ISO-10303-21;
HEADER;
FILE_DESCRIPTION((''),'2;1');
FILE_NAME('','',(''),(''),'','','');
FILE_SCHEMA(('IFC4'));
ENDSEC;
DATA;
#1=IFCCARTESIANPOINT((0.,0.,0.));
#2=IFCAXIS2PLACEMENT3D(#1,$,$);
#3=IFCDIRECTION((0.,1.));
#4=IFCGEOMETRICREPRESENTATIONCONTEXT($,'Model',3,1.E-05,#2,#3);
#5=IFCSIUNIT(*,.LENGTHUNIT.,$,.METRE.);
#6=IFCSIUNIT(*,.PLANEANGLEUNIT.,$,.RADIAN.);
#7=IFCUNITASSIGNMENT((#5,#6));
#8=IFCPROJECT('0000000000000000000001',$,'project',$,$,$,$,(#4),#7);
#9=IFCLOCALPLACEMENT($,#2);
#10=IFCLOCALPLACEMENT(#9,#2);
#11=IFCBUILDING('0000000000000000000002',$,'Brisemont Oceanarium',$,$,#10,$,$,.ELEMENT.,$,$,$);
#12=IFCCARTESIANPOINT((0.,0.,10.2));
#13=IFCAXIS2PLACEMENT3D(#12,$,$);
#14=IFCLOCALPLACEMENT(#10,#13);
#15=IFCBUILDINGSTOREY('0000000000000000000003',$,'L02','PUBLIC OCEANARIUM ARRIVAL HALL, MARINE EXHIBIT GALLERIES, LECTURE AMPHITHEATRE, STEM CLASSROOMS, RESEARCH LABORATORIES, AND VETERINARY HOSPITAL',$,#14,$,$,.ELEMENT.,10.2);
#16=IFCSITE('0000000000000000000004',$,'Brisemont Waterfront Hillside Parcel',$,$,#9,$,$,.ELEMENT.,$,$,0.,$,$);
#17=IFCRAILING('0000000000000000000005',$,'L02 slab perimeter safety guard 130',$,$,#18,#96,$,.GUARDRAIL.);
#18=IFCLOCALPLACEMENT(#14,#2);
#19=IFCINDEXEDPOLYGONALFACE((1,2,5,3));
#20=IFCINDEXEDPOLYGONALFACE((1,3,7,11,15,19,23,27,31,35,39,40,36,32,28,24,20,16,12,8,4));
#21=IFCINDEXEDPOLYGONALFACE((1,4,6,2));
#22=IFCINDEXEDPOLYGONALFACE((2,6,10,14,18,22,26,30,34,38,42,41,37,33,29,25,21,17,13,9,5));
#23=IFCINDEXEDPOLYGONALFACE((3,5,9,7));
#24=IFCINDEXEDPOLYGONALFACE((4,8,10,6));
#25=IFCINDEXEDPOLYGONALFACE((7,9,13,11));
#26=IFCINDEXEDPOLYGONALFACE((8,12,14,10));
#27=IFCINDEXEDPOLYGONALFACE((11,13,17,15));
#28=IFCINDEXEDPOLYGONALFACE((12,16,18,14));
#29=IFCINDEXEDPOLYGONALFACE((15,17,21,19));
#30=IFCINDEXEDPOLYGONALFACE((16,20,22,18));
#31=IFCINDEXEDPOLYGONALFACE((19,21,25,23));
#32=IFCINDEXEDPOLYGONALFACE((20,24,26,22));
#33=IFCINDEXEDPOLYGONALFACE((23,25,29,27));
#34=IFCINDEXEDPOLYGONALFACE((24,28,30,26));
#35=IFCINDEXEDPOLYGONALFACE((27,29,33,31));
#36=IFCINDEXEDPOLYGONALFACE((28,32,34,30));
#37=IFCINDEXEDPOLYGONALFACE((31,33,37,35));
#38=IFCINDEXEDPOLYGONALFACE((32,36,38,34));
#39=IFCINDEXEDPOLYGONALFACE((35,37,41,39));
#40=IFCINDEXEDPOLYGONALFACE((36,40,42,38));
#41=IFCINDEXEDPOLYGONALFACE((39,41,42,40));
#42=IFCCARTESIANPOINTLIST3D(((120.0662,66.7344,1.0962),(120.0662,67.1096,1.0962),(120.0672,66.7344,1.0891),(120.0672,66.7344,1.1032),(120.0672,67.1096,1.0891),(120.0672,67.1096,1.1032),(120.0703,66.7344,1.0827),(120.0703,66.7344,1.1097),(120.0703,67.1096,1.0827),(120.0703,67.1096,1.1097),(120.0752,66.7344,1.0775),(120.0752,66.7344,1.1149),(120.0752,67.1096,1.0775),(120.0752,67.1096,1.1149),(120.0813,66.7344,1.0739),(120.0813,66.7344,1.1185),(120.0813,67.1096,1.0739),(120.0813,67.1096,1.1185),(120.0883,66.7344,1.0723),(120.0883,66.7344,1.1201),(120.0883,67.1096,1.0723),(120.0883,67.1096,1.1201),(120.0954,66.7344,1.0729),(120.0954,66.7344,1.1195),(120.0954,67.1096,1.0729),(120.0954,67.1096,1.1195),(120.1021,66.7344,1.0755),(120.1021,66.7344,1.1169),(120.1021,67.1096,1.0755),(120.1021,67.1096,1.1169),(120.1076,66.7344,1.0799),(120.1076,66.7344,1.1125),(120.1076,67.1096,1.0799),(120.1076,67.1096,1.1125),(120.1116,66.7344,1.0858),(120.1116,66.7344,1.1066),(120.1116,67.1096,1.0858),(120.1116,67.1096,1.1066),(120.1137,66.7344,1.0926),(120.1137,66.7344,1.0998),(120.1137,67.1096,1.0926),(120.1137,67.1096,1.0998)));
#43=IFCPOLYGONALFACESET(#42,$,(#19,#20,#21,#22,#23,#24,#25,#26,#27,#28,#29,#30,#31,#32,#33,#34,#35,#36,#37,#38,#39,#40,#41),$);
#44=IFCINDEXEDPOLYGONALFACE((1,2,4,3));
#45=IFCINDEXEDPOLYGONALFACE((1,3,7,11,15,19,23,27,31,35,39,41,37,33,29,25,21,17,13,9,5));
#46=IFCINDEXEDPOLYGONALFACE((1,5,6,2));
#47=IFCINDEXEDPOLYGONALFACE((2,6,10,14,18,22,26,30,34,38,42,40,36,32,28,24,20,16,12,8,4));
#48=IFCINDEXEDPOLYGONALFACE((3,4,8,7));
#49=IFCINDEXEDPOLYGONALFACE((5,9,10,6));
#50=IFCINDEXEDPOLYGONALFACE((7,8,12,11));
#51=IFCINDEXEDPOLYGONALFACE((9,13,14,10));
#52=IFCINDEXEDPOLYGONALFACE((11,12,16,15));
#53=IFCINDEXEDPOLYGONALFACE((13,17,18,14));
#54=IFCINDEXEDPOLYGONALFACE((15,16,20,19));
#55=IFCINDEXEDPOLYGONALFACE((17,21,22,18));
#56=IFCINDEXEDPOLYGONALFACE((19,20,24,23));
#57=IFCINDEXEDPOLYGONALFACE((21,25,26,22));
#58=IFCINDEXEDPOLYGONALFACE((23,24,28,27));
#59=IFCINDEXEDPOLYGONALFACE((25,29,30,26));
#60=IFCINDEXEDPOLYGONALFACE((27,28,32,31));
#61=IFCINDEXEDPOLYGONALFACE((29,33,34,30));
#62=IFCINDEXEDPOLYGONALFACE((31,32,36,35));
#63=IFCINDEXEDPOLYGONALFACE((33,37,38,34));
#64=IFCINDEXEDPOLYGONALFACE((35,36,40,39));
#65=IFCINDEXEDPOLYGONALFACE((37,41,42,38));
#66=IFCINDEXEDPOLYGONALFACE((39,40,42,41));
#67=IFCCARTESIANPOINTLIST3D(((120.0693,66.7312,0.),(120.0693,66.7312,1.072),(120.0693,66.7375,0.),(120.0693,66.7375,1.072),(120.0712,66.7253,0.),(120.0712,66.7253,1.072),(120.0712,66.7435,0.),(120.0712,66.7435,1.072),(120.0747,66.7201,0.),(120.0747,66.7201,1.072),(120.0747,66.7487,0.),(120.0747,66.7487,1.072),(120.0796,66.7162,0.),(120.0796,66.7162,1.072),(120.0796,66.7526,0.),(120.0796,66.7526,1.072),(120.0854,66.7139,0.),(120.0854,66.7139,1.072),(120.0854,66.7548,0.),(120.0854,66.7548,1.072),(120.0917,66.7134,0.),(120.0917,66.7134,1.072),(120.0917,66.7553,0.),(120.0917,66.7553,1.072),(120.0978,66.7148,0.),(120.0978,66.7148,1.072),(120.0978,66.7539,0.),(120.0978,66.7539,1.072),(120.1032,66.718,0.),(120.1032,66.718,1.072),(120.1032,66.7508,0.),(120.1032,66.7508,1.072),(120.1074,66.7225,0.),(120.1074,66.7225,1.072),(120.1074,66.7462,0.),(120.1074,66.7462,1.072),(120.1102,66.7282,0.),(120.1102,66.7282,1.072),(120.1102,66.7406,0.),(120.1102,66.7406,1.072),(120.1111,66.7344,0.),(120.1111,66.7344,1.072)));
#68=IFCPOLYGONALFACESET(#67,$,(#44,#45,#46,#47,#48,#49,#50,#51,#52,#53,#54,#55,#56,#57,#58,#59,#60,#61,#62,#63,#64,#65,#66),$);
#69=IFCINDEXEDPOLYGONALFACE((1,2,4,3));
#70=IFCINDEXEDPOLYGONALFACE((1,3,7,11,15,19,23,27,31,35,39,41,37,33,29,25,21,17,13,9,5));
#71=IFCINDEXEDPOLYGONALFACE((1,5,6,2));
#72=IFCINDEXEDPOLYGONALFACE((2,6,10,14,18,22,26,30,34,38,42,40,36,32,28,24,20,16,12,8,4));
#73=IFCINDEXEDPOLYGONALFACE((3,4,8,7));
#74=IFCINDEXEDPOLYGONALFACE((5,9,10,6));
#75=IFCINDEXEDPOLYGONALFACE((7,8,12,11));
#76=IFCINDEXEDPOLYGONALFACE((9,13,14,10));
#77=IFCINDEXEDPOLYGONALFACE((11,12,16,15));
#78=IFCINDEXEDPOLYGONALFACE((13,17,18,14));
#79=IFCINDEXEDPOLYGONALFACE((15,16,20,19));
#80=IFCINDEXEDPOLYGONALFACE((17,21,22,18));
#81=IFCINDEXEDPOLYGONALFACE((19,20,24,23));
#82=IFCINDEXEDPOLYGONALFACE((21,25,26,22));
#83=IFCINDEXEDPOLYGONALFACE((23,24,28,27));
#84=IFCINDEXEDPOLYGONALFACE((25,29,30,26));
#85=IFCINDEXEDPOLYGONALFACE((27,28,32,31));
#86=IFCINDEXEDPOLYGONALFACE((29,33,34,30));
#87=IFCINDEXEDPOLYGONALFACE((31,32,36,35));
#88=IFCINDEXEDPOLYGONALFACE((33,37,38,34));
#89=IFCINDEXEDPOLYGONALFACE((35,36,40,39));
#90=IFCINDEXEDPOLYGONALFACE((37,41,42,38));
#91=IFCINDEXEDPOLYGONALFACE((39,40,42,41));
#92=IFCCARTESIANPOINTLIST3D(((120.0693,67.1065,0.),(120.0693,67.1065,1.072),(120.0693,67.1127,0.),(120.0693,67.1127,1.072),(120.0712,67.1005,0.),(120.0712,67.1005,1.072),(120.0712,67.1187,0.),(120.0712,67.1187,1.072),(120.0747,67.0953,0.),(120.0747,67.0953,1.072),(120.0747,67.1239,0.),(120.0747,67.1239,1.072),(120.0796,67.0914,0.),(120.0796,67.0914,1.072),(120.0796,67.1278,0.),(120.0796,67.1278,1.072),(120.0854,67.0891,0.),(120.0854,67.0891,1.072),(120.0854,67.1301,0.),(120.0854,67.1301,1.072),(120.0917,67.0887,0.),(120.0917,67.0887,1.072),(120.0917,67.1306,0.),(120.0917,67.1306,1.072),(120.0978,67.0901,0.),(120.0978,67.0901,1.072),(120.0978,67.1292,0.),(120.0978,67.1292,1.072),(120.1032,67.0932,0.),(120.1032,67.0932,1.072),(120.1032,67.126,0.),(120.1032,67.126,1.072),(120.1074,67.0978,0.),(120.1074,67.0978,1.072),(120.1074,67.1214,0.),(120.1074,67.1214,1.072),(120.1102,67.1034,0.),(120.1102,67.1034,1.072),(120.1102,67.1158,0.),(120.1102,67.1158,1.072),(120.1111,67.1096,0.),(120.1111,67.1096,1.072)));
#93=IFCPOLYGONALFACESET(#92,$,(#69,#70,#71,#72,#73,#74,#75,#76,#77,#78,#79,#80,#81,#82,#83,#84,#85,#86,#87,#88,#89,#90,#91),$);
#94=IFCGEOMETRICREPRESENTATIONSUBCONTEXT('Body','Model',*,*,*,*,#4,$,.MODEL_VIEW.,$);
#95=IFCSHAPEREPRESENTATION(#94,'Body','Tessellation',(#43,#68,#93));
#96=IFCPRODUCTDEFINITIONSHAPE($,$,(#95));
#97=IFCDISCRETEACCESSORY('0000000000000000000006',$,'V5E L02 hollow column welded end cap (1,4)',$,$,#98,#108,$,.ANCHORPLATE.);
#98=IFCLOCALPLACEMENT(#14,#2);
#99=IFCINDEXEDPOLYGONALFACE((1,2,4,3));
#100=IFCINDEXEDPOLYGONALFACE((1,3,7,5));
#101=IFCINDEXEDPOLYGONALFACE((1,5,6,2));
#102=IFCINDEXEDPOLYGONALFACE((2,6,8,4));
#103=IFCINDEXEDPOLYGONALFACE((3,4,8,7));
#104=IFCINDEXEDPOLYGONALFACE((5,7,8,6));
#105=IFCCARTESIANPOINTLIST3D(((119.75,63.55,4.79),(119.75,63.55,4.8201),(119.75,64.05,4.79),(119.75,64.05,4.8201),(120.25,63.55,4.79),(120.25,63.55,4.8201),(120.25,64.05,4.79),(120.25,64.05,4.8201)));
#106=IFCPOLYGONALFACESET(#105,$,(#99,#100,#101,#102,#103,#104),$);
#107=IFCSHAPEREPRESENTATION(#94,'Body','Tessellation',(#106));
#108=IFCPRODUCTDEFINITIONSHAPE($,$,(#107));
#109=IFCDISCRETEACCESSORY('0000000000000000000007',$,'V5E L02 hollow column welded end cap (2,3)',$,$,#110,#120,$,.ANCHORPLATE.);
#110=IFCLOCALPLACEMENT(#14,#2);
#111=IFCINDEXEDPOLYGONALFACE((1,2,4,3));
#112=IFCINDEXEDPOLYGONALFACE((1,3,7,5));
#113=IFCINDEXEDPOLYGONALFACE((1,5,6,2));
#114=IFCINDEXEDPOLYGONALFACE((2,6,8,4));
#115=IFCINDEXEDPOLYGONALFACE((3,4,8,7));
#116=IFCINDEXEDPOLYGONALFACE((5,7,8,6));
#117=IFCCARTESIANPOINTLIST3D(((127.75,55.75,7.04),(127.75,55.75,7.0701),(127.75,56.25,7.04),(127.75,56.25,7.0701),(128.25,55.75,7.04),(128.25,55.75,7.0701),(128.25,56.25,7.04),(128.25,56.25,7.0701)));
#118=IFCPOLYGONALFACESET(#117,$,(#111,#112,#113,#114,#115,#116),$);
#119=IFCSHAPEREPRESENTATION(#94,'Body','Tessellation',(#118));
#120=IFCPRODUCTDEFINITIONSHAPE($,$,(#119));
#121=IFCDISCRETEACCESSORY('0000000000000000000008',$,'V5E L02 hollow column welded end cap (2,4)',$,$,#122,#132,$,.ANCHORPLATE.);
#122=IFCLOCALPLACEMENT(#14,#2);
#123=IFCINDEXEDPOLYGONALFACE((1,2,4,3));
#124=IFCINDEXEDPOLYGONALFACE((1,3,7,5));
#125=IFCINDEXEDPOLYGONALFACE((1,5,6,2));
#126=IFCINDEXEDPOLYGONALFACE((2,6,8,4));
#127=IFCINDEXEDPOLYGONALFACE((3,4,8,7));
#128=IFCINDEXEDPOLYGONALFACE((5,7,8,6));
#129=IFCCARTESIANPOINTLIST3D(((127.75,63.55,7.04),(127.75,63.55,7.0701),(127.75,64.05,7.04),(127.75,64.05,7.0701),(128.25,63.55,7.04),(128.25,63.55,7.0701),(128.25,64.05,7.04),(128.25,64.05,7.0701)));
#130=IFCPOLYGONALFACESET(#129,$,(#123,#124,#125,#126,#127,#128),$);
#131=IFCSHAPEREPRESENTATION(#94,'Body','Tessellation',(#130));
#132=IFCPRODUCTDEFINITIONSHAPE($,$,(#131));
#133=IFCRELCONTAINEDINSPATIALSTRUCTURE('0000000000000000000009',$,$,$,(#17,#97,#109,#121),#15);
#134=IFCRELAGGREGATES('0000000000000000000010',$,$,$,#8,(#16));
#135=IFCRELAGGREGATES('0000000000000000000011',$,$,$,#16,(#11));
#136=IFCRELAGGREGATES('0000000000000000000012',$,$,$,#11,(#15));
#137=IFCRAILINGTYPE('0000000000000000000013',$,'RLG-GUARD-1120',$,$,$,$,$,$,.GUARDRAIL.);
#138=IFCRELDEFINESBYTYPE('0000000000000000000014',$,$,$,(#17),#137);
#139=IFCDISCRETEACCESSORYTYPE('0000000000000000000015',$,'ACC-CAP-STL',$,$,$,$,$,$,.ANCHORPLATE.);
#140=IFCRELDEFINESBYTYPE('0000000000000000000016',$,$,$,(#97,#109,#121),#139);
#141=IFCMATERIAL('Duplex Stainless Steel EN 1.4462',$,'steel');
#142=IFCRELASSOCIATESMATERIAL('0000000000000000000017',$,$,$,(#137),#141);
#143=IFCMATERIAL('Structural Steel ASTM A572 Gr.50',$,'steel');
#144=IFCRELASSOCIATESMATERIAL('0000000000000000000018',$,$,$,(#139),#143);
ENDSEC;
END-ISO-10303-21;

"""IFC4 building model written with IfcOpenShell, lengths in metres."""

from ifc_helpers import new_model, si_unit, direction, frame, origin, origin_2d, place, context, subcontext, project, spatial, rectangle, circle, extrude, material, type_object, element, save


model = new_model("IFC4")

# Units and contexts
model_context = context("Model", 3, precision=1e-05, world=origin(), true_north=direction((0.0, 1.0)))
body_context = subcontext(model_context, "Body", "Model", "MODEL_VIEW")
ifc_project = project(units=[si_unit("LENGTHUNIT", "METRE"), si_unit("PLANEANGLEUNIT", "RADIAN")], contexts=[model_context])

# Site, building, storey
site_placement = place(None, origin())
site = spatial("IfcSite", under=ifc_project, at=site_placement, Name="Brisemont Waterfront Hillside Parcel", CompositionType="ELEMENT", RefElevation=0.0)
building_placement = place(site_placement, origin())
building = spatial("IfcBuilding", under=site, at=building_placement, Name="Brisemont Oceanarium", CompositionType="ELEMENT")
storey_placement = place(building_placement, frame((0.0, 0.0, 10.2)))
storey = spatial("IfcBuildingStorey", under=building, at=storey_placement, Name="L02", Description="PUBLIC OCEANARIUM ARRIVAL HALL, MARINE EXHIBIT GALLERIES, LECTURE AMPHITHEATRE, STEM CLASSROOMS, RESEARCH LABORATORIES, AND VETERINARY HOSPITAL", CompositionType="ELEMENT", Elevation=10.2)

# Railing
ifc_material_1 = material(Name="Duplex Stainless Steel EN 1.4462", Category="steel")
railing_type = type_object("IfcRailingType", Name="RLG-GUARD-1120", PredefinedType="GUARDRAIL", material=ifc_material_1)
railing_1_placement = place(storey_placement, frame((120.0901, 66.7344, 0.0)))
element("IfcRailing", 1, at=railing_1_placement, inside=storey, type_object=railing_type, Name="L02 slab perimeter safety guard 130", PredefinedType="GUARDRAIL", context=body_context, shape_type="SweptSolid", body=[
    extrude(circle(Radius=0.0239, at=origin_2d()), frame((0.0, 0.0, 1.0962), z_axis=(0.0, 1.0, 0.0), x_axis=(-1.0, 0.0, 0.0)), (0.0, 0.0, 1.0), 0.3752),
    extrude(circle(Radius=0.021, at=origin_2d()), origin(), (0.0, 0.0, 1.0), 1.072),
    extrude(circle(Radius=0.021, at=origin_2d()), frame((0.0, 0.3752, 0.0)), (0.0, 0.0, 1.0), 1.072),
])

# Discrete accessories
ifc_material_2 = material(Name="Structural Steel ASTM A572 Gr.50", Category="steel")
discrete_accessory_type = type_object("IfcDiscreteAccessoryType", Name="ACC-CAP-STL", PredefinedType="ANCHORPLATE", material=ifc_material_2)
for number, where, z_axis, x_axis, name in (
    (2, (120.0, 63.8, 4.79), (0.0, 0.0, 1.0), (1.0, 0.0, 0.0), "V5E L02 hollow column welded end cap (1,4)"),
    (3, (128.0, 56.0, 7.04), (0.0, 0.0, 1.0), (1.0, 0.0, 0.0), "V5E L02 hollow column welded end cap (2,3)"),
    (4, (128.0, 63.8, 7.04), (0.0, 0.0, 1.0), (1.0, 0.0, 0.0), "V5E L02 hollow column welded end cap (2,4)"),
):
    element("IfcDiscreteAccessory", number, at=place(storey_placement, frame(where, z_axis=z_axis, x_axis=x_axis)), inside=storey, type_object=discrete_accessory_type, Name=name, PredefinedType="ANCHORPLATE", context=body_context, shape_type="SweptSolid", body=[
        extrude(rectangle(XDim=0.5, YDim=0.5, at=origin_2d()), origin(), (0.0, 0.0, 1.0), 0.03),
    ])

save(model, "model.ifc")
